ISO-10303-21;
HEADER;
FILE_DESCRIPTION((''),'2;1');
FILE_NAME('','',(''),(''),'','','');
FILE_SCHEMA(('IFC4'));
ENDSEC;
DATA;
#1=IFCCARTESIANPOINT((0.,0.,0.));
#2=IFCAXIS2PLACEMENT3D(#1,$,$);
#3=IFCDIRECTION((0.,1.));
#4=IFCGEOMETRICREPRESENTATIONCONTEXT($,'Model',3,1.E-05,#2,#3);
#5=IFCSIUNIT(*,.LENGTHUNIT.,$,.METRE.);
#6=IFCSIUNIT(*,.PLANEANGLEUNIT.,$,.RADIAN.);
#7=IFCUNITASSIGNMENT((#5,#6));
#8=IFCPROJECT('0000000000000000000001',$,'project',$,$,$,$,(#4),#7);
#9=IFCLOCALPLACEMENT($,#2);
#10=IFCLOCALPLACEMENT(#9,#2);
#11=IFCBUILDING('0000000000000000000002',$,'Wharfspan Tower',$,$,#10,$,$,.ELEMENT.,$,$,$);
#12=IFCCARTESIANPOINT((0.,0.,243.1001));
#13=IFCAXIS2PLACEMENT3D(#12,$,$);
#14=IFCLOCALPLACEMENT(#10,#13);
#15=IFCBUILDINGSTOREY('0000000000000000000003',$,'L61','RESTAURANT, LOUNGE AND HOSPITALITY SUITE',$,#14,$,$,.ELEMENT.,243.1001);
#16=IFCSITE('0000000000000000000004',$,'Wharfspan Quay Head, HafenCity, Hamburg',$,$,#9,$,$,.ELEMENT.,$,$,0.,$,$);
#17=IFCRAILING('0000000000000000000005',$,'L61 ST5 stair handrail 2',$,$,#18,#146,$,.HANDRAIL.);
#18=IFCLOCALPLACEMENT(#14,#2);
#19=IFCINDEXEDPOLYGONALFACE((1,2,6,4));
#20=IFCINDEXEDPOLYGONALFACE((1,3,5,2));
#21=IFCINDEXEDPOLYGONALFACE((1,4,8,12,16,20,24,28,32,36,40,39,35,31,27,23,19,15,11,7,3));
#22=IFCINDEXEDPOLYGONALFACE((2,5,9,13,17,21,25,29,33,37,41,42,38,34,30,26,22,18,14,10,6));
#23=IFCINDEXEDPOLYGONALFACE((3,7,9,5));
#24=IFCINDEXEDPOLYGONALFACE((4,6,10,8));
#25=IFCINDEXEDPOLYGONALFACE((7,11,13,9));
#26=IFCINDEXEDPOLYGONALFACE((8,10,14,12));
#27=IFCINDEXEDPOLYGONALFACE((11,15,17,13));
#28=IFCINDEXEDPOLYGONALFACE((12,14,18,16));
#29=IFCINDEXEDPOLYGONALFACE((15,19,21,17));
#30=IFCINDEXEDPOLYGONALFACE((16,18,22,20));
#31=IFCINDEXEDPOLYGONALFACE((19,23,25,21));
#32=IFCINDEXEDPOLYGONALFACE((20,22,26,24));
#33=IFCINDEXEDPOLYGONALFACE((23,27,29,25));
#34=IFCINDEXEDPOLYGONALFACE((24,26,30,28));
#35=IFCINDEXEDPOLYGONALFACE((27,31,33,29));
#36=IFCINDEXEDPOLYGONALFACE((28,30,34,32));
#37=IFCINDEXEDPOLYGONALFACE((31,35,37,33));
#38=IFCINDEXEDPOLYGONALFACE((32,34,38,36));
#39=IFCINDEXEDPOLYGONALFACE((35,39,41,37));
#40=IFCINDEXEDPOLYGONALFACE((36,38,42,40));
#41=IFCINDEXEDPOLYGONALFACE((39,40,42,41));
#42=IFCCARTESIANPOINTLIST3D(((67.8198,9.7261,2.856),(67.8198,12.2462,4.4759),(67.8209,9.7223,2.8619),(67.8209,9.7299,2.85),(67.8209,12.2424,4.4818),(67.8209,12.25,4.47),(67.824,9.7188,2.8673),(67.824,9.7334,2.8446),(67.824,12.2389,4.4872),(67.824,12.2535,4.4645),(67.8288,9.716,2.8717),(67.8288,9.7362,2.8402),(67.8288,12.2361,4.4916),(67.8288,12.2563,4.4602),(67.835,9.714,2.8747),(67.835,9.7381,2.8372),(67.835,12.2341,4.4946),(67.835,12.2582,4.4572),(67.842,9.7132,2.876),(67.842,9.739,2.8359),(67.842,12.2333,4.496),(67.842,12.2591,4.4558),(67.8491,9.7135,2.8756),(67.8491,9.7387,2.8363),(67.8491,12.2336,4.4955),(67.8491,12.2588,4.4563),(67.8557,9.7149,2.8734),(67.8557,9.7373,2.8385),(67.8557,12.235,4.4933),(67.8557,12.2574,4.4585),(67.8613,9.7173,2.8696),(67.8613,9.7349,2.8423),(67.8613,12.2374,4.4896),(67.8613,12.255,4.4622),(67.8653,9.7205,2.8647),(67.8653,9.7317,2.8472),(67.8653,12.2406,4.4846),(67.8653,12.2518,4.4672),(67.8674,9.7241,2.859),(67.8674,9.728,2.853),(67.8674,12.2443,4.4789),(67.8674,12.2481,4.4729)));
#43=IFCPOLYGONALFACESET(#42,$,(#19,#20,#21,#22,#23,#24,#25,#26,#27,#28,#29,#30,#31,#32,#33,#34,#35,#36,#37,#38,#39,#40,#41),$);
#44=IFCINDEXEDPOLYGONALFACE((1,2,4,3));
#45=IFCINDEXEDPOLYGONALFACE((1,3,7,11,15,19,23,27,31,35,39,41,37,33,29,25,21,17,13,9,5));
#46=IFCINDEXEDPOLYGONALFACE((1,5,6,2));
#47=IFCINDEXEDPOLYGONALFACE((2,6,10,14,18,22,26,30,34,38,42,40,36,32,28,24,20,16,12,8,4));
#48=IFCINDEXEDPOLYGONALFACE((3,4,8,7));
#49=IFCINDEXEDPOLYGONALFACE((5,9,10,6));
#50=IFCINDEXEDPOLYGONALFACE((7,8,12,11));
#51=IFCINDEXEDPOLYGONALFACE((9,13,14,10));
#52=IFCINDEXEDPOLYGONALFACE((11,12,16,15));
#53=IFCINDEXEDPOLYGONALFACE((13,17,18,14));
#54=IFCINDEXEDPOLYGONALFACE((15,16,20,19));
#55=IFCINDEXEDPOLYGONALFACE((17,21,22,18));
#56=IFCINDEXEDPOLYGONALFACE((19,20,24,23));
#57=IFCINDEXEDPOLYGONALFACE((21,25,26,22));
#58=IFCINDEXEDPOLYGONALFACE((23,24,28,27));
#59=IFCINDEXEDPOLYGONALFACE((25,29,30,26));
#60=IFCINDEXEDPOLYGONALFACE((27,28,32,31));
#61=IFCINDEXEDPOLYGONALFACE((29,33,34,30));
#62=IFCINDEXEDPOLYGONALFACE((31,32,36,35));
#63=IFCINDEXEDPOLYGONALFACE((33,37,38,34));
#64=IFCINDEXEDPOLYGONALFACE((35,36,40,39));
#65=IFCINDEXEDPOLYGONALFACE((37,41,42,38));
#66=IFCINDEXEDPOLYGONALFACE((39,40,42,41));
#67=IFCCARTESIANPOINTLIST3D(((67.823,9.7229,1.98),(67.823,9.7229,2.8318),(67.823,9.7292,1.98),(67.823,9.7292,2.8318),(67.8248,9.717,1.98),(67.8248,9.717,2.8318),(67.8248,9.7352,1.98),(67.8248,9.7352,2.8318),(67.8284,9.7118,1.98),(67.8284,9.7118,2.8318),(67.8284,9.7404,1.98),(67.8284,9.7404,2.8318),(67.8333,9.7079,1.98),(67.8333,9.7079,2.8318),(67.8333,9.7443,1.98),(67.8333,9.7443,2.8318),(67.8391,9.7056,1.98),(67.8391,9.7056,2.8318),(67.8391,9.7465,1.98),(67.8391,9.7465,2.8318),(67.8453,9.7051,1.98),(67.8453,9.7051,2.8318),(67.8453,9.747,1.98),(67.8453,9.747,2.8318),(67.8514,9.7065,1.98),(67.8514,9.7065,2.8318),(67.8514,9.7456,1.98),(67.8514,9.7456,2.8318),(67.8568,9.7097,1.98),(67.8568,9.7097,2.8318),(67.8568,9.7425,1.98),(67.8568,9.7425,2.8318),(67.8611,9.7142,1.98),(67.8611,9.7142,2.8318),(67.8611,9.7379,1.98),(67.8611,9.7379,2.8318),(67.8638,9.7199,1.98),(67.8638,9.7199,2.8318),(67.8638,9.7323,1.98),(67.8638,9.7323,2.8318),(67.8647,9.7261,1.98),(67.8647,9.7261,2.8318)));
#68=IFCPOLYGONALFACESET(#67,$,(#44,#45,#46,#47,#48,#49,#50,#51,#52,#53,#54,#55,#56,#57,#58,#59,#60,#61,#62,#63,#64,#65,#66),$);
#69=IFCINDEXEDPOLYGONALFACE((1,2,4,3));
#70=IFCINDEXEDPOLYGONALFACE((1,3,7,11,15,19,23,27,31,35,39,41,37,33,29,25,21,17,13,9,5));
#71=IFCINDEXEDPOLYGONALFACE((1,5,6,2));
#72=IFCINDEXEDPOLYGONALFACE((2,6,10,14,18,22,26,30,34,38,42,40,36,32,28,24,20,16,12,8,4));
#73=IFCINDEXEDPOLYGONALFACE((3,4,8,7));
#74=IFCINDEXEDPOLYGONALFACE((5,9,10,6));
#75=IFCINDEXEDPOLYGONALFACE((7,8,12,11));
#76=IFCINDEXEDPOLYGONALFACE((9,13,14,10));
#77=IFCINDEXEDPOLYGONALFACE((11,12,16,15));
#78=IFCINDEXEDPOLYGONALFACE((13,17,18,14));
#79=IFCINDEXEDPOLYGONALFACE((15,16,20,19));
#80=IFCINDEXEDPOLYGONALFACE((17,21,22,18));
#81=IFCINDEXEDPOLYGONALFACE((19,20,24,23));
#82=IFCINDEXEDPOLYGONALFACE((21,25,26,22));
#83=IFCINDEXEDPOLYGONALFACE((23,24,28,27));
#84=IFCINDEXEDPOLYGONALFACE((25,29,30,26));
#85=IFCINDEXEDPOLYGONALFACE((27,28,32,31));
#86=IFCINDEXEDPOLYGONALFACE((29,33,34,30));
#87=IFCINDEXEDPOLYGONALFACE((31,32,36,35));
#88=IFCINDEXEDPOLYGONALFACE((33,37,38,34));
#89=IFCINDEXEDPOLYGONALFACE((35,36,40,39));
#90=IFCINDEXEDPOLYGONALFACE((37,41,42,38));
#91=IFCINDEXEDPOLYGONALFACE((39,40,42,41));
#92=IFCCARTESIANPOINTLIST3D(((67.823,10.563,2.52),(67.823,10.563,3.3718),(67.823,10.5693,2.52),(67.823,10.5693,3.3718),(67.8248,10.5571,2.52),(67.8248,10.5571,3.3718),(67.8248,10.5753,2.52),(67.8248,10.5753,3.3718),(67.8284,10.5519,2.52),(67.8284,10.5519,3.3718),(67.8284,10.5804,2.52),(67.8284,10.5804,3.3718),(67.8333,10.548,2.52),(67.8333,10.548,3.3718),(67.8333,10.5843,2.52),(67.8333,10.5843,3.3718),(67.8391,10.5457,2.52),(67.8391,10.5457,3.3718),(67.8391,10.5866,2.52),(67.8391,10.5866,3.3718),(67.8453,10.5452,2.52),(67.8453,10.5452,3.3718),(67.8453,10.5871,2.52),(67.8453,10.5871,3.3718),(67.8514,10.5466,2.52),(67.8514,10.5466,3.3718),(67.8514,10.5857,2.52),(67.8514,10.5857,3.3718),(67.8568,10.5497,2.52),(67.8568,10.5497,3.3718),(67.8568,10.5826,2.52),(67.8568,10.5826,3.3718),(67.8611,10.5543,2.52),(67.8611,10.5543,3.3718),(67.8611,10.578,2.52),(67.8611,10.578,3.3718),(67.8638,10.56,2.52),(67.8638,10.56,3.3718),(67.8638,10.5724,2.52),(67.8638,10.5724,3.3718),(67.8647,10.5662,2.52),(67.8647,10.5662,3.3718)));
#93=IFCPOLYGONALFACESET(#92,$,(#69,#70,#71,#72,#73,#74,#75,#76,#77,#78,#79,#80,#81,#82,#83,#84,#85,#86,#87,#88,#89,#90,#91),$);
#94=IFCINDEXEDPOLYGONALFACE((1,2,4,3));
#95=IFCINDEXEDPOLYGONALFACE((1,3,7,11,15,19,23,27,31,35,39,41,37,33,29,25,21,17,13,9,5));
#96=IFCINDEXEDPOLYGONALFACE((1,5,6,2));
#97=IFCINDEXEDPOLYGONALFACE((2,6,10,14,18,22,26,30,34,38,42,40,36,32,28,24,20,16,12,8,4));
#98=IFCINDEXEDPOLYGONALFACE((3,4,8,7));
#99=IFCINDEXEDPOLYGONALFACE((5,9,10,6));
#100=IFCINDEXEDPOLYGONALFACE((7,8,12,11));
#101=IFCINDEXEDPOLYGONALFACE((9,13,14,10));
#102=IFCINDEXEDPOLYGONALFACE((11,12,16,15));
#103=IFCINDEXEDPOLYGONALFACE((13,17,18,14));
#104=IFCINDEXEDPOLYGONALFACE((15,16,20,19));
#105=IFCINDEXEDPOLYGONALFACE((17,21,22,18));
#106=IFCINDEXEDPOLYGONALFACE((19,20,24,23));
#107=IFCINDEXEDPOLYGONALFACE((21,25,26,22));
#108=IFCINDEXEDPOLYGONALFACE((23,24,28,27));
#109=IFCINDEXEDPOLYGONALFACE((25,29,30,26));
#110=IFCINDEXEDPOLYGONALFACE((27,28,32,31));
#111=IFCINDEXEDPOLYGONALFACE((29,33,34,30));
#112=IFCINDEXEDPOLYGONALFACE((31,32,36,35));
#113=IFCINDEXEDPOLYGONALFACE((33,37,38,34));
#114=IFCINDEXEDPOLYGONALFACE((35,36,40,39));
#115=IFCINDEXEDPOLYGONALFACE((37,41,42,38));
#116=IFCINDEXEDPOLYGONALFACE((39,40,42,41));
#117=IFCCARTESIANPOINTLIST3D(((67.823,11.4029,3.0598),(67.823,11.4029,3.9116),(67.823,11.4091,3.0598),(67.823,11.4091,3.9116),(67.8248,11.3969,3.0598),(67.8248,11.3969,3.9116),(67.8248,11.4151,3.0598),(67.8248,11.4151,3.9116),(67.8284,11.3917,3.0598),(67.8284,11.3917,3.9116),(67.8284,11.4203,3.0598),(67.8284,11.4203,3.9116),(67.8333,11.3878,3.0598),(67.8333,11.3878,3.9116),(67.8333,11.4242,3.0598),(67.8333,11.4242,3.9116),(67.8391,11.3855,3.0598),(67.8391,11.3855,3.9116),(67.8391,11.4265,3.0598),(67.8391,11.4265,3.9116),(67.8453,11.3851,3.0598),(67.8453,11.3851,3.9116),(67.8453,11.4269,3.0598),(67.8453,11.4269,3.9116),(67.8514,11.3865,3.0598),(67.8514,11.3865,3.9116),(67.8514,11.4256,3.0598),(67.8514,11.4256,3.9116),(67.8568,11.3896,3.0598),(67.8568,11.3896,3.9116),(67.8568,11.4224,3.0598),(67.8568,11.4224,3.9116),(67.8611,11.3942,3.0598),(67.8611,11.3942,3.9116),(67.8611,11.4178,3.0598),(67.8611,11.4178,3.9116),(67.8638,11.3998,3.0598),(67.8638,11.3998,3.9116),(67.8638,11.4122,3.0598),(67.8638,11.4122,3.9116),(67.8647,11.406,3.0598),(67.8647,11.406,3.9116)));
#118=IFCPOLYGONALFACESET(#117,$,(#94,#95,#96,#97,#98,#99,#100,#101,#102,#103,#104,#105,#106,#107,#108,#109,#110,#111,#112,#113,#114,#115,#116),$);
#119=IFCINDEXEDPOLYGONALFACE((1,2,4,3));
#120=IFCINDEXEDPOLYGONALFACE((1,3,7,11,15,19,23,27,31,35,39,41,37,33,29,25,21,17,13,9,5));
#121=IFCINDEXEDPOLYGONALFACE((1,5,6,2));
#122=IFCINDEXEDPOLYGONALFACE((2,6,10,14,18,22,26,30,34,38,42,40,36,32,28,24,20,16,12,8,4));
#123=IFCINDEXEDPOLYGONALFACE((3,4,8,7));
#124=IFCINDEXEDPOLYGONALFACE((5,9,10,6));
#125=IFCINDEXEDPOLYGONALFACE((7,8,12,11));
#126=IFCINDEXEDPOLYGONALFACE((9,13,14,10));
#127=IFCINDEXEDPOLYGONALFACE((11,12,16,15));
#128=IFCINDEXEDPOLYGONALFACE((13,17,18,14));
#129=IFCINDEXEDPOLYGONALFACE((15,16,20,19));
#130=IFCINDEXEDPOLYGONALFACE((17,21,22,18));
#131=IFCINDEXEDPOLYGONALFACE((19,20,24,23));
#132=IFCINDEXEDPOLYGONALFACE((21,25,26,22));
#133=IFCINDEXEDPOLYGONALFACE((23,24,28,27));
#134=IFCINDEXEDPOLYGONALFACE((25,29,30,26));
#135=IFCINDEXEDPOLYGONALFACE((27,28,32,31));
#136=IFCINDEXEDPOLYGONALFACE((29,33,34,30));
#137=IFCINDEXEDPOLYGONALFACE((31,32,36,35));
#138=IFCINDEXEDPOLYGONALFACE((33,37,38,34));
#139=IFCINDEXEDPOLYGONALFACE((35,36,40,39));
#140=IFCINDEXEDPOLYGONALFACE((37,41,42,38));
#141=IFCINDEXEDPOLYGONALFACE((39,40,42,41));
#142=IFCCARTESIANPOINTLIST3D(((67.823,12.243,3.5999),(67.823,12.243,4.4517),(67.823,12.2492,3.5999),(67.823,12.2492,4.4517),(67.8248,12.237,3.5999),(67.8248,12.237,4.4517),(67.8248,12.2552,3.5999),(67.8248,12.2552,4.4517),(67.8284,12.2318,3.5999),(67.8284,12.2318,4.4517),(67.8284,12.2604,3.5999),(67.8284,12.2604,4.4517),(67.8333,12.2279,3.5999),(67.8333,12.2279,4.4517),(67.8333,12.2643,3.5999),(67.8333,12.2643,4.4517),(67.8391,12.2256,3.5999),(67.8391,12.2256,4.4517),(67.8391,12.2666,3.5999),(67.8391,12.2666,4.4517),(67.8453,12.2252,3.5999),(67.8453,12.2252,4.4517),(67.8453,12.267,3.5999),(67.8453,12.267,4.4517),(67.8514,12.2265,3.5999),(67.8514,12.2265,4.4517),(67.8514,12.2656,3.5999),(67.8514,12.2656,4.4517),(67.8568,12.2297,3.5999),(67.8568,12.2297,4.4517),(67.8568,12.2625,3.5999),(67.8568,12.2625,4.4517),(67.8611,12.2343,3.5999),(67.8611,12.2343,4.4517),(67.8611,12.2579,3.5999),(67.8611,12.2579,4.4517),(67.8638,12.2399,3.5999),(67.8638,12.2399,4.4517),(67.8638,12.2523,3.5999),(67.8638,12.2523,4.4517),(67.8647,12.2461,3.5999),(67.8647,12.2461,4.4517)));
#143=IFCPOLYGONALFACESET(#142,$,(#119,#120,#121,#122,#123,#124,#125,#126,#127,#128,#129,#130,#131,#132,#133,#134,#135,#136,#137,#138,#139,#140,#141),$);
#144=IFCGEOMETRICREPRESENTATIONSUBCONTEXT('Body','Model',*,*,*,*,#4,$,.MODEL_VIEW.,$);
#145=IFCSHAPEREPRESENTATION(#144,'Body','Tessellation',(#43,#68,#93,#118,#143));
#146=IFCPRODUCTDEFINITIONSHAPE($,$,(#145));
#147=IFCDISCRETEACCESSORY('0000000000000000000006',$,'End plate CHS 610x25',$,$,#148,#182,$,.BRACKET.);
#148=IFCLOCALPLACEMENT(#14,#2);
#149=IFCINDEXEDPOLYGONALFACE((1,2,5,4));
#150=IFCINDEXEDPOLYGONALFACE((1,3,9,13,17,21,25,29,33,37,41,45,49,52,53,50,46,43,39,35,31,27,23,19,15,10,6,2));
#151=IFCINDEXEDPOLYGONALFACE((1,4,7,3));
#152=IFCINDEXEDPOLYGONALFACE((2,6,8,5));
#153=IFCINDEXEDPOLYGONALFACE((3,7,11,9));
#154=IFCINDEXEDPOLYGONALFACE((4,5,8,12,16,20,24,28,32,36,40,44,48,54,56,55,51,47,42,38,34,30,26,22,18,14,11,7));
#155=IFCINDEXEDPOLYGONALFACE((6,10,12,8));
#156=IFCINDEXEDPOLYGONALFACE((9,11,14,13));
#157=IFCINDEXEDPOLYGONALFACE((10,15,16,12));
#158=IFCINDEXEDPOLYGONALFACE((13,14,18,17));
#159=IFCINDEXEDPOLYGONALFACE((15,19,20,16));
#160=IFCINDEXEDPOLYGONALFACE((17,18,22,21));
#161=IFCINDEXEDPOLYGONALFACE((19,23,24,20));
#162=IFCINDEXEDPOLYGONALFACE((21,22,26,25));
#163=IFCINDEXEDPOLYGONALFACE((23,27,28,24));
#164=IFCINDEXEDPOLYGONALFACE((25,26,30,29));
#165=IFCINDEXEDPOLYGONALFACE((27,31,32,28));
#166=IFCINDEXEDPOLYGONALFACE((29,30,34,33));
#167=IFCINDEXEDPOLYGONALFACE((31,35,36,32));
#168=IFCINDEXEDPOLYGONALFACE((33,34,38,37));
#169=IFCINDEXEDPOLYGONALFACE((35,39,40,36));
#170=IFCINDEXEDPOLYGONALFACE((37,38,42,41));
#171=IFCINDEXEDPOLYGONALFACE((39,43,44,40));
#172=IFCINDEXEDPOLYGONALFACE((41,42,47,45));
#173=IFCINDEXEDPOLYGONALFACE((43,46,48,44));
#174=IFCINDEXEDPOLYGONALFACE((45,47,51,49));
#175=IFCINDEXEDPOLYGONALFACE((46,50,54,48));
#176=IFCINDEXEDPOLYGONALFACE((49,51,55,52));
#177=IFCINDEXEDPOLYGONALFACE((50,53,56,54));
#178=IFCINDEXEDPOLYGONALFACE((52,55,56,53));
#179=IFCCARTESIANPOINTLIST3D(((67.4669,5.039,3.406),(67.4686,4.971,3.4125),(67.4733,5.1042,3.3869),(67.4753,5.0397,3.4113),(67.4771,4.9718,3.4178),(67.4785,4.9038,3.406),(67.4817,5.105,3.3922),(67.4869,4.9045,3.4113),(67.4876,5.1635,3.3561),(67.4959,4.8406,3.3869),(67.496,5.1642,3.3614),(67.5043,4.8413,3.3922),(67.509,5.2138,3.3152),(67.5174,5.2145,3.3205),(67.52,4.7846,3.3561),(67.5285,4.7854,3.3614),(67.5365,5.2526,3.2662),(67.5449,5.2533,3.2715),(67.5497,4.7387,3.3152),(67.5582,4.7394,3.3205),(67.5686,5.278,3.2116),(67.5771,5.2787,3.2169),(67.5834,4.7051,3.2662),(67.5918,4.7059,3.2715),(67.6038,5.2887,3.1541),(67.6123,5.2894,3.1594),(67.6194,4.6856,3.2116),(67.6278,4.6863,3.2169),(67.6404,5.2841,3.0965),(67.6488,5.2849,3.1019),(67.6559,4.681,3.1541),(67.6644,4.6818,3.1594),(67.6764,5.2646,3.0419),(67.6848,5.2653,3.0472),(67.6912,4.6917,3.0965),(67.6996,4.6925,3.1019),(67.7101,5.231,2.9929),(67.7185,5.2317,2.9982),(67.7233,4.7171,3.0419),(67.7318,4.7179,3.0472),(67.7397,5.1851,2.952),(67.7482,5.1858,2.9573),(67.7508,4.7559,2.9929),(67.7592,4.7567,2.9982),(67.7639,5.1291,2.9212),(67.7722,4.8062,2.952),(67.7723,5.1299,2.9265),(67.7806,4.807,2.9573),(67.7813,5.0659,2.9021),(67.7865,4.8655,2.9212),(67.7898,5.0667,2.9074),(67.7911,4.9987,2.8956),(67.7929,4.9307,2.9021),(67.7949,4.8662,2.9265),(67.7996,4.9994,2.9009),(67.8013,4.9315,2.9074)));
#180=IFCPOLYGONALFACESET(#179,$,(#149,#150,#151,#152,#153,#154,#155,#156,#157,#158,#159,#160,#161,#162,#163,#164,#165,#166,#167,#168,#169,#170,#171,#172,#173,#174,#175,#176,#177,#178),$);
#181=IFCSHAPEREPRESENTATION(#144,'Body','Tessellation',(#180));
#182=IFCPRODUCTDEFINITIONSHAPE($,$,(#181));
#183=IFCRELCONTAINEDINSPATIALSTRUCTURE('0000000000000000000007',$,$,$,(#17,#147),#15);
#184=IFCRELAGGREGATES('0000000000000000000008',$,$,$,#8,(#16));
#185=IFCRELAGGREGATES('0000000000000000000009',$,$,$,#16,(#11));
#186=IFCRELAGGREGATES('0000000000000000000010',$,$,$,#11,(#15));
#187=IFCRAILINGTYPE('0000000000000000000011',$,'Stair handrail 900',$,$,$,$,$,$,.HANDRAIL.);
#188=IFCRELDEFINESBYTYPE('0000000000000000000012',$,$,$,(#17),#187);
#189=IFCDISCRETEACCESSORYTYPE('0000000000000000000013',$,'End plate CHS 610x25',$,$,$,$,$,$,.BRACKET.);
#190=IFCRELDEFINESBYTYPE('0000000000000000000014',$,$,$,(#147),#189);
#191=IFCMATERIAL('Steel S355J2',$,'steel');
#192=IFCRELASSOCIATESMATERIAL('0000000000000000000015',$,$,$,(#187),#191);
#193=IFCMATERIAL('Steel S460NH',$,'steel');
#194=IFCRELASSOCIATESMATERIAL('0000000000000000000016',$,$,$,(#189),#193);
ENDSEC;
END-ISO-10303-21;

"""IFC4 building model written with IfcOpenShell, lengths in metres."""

from ifc_helpers import new_model, si_unit, direction, frame, origin, origin_2d, place, context, subcontext, project, spatial, circle, extrude, material, material_profile, profile_set, type_object, element, save


model = new_model("IFC4")

# Units and contexts
model_context = context("Model", 3, precision=1e-05, world=origin(), true_north=direction((0.0, 1.0)))
body_context = subcontext(model_context, "Body", "Model", "MODEL_VIEW")
ifc_project = project(units=[si_unit("LENGTHUNIT", "METRE"), si_unit("PLANEANGLEUNIT", "RADIAN")], contexts=[model_context])

# Site, building, storey
site_placement = place(None, origin())
site = spatial("IfcSite", under=ifc_project, at=site_placement, Name="Wharfspan Quay Head, HafenCity, Hamburg", CompositionType="ELEMENT", RefElevation=0.0)
building_placement = place(site_placement, origin())
building = spatial("IfcBuilding", under=site, at=building_placement, Name="Wharfspan Tower", CompositionType="ELEMENT")
storey_placement = place(building_placement, frame((0.0, 0.0, 243.1001)))
storey = spatial("IfcBuildingStorey", under=building, at=storey_placement, Name="L61", Description="RESTAURANT, LOUNGE AND HOSPITALITY SUITE", CompositionType="ELEMENT", Elevation=243.1001)

# Shared definitions
ifc_material_1 = material(Name="Steel S355J2", Category="steel")

# Shared definitions
ifc_material_2 = material(Name="Steel S460NH", Category="steel")

# Railing
railing_type = type_object("IfcRailingType", Name="Stair handrail 900", PredefinedType="HANDRAIL", material=ifc_material_1)
railing_placement = place(storey_placement, frame((67.8438, 9.7261, 1.98)))
element("IfcRailing", 1, at=railing_placement, inside=storey, type_object=railing_type, Name="L61 ST5 stair handrail 2", PredefinedType="HANDRAIL", context=body_context, shape_type="SweptSolid", body=[
    extrude(circle(Radius=0.0239, at=origin_2d()), frame((0.0, 0.0, 0.876), z_axis=(0.0, 0.8412, 0.540725), x_axis=(-1.0, 0.0, 0.0)), (0.0, 0.0, 1.0), 2.9958),
    extrude(circle(Radius=0.021, at=origin_2d()), origin(), (0.0, 0.0, 1.0), 0.8518),
    extrude(circle(Radius=0.021, at=origin_2d()), frame((0.0, 0.8401, 0.54)), (0.0, 0.0, 1.0), 0.8518),
    extrude(circle(Radius=0.021, at=origin_2d()), frame((0.0, 1.6799, 1.0798)), (0.0, 0.0, 1.0), 0.8518),
    extrude(circle(Radius=0.021, at=origin_2d()), frame((0.0, 2.52, 1.6199)), (0.0, 0.0, 1.0), 0.8518),
])

# Discrete accessory
ifc_material_profile_1 = material_profile(ifc_material_2, circle(Radius=0.3049, at=origin_2d()))
ifc_profile_set_1 = profile_set([ifc_material_profile_1], Name="Steel S460NH")
discrete_accessory_type = type_object("IfcDiscreteAccessoryType", Name="End plate CHS 610x25", PredefinedType="BRACKET", material=ifc_profile_set_1)
for number, where, z_axis, x_axis, name in (
    (2, (67.6299, 4.9849, 3.1541), (0.844416, 0.072379, 0.530776), (-0.085402, 0.99635, 0.0), "End plate CHS 610x25"),
):
    element("IfcDiscreteAccessory", number, at=place(storey_placement, frame(where, z_axis=z_axis, x_axis=x_axis)), inside=storey, type_object=discrete_accessory_type, Name=name, PredefinedType="BRACKET", context=body_context, shape_type="SweptSolid", body=[
        extrude(circle(Radius=0.3049, at=origin_2d()), origin(), (0.0, 0.0, 1.0), 0.01),
    ])

save(model, "model.ifc")
